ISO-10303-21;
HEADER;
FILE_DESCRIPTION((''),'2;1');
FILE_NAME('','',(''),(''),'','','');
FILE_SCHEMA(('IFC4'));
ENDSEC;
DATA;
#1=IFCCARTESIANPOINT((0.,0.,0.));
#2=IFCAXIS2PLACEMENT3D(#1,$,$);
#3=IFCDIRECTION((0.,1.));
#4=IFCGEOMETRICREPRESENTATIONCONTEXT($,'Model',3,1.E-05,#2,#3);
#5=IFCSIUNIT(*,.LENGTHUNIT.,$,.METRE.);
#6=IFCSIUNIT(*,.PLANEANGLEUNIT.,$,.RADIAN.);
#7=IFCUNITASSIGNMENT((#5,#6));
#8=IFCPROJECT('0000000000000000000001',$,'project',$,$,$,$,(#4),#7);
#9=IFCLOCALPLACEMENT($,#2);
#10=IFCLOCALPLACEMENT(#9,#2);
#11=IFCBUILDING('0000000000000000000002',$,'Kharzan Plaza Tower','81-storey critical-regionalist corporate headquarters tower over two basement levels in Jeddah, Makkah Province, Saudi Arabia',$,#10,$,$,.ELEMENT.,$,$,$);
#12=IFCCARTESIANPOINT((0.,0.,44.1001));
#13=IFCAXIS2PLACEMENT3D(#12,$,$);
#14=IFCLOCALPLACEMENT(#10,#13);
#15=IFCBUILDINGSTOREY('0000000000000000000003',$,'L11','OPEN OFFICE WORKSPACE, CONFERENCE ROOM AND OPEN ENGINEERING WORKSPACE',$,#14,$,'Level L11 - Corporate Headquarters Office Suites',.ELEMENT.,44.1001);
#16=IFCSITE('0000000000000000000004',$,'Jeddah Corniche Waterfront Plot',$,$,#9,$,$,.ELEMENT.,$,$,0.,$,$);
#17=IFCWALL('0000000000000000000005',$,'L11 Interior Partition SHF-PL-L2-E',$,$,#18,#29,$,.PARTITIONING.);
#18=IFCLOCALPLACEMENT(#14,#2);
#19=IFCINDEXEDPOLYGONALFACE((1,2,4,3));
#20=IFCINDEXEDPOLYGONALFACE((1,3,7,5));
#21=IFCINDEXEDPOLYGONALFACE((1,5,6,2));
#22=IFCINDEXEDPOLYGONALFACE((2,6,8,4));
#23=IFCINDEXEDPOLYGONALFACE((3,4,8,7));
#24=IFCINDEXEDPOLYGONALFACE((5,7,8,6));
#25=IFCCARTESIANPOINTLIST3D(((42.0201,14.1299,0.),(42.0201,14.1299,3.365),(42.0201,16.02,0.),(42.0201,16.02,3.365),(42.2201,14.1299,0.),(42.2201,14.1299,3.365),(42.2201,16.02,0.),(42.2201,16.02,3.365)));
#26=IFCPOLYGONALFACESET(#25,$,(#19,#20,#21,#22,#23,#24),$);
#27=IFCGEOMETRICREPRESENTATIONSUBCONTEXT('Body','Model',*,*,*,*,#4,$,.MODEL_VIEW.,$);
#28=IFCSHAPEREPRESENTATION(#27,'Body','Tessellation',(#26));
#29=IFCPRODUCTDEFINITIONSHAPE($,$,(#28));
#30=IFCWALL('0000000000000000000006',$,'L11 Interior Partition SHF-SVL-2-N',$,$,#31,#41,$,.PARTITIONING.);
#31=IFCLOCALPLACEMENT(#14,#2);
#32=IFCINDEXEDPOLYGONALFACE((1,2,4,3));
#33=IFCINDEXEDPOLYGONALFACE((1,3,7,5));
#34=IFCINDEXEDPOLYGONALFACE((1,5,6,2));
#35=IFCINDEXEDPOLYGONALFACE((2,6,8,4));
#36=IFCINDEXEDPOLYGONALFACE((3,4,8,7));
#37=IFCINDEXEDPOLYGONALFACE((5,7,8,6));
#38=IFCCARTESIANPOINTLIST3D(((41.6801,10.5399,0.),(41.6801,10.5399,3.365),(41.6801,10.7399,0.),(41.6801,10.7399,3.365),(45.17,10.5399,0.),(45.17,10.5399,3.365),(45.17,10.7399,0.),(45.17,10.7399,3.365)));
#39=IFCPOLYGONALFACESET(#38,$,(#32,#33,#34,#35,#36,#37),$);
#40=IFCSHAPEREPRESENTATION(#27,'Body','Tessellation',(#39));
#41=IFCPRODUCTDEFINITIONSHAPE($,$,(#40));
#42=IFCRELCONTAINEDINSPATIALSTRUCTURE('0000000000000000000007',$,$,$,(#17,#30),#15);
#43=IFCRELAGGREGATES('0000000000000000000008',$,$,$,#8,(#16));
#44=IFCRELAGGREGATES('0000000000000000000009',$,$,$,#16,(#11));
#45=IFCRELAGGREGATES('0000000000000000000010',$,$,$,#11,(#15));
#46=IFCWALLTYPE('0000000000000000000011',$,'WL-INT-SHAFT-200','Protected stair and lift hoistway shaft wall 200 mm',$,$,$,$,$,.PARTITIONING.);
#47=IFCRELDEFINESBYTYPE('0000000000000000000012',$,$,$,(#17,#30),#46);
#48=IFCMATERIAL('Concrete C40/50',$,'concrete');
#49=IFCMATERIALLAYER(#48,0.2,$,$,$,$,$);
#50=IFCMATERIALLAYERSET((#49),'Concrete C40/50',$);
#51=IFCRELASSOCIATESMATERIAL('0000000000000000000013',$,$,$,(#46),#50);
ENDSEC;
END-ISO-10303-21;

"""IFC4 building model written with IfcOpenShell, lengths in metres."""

from ifc_helpers import new_model, si_unit, direction, frame, frame_2d, origin, place, context, subcontext, project, spatial, rectangle, extrude, source, transform, mapped, material, layer, layer_set, type_object, element, save


model = new_model("IFC4")

# Units and contexts
model_context = context("Model", 3, precision=1e-05, world=origin(), true_north=direction((0.0, 1.0)))
body_context = subcontext(model_context, "Body", "Model", "MODEL_VIEW")
ifc_project = project(units=[si_unit("LENGTHUNIT", "METRE"), si_unit("PLANEANGLEUNIT", "RADIAN")], contexts=[model_context])

# Site, building, storey
site_placement = place(None, origin())
site = spatial("IfcSite", under=ifc_project, at=site_placement, Name="Jeddah Corniche Waterfront Plot", CompositionType="ELEMENT", RefElevation=0.0)
building_placement = place(site_placement, origin())
building = spatial("IfcBuilding", under=site, at=building_placement, Name="Kharzan Plaza Tower", Description="81-storey critical-regionalist corporate headquarters tower over two basement levels in Jeddah, Makkah Province, Saudi Arabia", CompositionType="ELEMENT")
storey_placement = place(building_placement, frame((0.0, 0.0, 44.1001)))
storey = spatial("IfcBuildingStorey", under=building, at=storey_placement, Name="L11", Description="OPEN OFFICE WORKSPACE, CONFERENCE ROOM AND OPEN ENGINEERING WORKSPACE", LongName="Level L11 - Corporate Headquarters Office Suites", CompositionType="ELEMENT", Elevation=44.1001)

# Shared definitions
ifc_material_1 = material(Name="Concrete C40/50", Category="concrete")

# Shared definitions
ifc_layer_1 = layer(ifc_material_1, 0.2)
ifc_layer_set_1 = layer_set([ifc_layer_1], Name="Concrete C40/50")
wall_type_1 = type_object("IfcWallType", Name="WL-INT-SHAFT-200", Description="Protected stair and lift hoistway shaft wall 200 mm", PredefinedType="PARTITIONING", material=ifc_layer_set_1)

# Walls
shared_shape_1 = source(origin(), body_context, "Body", "SweptSolid", [
    extrude(rectangle(XDim=1.8901, YDim=0.2, at=frame_2d((0.9451, 0.0))), origin(), (0.0, 0.0, 1.0), 3.365),
])
wall_1_placement = place(storey_placement, frame((42.1201, 14.1299, 0.0), z_axis=(0.0, 0.0, 1.0), x_axis=(0.0, 1.0, 0.0)))
element("IfcWall", 1, at=wall_1_placement, inside=storey, type_object=wall_type_1, Name="L11 Interior Partition SHF-PL-L2-E", PredefinedType="PARTITIONING", context=body_context, shape_type="MappedRepresentation", body=[
    mapped(shared_shape_1, transform((0.0, 0.0, 0.0), x_axis=(1.0, 0.0, 0.0), y_axis=(0.0, 1.0, 0.0), z_axis=(0.0, 0.0, 1.0))),
])
shared_shape_2 = source(origin(), body_context, "Body", "SweptSolid", [
    extrude(rectangle(XDim=3.49, YDim=0.2, at=frame_2d((1.7451, 0.0))), origin(), (0.0, 0.0, 1.0), 3.365),
])
wall_2_placement = place(storey_placement, frame((41.6799, 10.6399, 0.0), z_axis=(0.0, 0.0, 1.0), x_axis=(1.0, 0.0, 0.0)))
element("IfcWall", 2, at=wall_2_placement, inside=storey, type_object=wall_type_1, Name="L11 Interior Partition SHF-SVL-2-N", PredefinedType="PARTITIONING", context=body_context, shape_type="MappedRepresentation", body=[
    mapped(shared_shape_2, transform((0.0, 0.0, 0.0), x_axis=(1.0, 0.0, 0.0), y_axis=(0.0, 1.0, 0.0), z_axis=(0.0, 0.0, 1.0))),
])

save(model, "model.ifc")
